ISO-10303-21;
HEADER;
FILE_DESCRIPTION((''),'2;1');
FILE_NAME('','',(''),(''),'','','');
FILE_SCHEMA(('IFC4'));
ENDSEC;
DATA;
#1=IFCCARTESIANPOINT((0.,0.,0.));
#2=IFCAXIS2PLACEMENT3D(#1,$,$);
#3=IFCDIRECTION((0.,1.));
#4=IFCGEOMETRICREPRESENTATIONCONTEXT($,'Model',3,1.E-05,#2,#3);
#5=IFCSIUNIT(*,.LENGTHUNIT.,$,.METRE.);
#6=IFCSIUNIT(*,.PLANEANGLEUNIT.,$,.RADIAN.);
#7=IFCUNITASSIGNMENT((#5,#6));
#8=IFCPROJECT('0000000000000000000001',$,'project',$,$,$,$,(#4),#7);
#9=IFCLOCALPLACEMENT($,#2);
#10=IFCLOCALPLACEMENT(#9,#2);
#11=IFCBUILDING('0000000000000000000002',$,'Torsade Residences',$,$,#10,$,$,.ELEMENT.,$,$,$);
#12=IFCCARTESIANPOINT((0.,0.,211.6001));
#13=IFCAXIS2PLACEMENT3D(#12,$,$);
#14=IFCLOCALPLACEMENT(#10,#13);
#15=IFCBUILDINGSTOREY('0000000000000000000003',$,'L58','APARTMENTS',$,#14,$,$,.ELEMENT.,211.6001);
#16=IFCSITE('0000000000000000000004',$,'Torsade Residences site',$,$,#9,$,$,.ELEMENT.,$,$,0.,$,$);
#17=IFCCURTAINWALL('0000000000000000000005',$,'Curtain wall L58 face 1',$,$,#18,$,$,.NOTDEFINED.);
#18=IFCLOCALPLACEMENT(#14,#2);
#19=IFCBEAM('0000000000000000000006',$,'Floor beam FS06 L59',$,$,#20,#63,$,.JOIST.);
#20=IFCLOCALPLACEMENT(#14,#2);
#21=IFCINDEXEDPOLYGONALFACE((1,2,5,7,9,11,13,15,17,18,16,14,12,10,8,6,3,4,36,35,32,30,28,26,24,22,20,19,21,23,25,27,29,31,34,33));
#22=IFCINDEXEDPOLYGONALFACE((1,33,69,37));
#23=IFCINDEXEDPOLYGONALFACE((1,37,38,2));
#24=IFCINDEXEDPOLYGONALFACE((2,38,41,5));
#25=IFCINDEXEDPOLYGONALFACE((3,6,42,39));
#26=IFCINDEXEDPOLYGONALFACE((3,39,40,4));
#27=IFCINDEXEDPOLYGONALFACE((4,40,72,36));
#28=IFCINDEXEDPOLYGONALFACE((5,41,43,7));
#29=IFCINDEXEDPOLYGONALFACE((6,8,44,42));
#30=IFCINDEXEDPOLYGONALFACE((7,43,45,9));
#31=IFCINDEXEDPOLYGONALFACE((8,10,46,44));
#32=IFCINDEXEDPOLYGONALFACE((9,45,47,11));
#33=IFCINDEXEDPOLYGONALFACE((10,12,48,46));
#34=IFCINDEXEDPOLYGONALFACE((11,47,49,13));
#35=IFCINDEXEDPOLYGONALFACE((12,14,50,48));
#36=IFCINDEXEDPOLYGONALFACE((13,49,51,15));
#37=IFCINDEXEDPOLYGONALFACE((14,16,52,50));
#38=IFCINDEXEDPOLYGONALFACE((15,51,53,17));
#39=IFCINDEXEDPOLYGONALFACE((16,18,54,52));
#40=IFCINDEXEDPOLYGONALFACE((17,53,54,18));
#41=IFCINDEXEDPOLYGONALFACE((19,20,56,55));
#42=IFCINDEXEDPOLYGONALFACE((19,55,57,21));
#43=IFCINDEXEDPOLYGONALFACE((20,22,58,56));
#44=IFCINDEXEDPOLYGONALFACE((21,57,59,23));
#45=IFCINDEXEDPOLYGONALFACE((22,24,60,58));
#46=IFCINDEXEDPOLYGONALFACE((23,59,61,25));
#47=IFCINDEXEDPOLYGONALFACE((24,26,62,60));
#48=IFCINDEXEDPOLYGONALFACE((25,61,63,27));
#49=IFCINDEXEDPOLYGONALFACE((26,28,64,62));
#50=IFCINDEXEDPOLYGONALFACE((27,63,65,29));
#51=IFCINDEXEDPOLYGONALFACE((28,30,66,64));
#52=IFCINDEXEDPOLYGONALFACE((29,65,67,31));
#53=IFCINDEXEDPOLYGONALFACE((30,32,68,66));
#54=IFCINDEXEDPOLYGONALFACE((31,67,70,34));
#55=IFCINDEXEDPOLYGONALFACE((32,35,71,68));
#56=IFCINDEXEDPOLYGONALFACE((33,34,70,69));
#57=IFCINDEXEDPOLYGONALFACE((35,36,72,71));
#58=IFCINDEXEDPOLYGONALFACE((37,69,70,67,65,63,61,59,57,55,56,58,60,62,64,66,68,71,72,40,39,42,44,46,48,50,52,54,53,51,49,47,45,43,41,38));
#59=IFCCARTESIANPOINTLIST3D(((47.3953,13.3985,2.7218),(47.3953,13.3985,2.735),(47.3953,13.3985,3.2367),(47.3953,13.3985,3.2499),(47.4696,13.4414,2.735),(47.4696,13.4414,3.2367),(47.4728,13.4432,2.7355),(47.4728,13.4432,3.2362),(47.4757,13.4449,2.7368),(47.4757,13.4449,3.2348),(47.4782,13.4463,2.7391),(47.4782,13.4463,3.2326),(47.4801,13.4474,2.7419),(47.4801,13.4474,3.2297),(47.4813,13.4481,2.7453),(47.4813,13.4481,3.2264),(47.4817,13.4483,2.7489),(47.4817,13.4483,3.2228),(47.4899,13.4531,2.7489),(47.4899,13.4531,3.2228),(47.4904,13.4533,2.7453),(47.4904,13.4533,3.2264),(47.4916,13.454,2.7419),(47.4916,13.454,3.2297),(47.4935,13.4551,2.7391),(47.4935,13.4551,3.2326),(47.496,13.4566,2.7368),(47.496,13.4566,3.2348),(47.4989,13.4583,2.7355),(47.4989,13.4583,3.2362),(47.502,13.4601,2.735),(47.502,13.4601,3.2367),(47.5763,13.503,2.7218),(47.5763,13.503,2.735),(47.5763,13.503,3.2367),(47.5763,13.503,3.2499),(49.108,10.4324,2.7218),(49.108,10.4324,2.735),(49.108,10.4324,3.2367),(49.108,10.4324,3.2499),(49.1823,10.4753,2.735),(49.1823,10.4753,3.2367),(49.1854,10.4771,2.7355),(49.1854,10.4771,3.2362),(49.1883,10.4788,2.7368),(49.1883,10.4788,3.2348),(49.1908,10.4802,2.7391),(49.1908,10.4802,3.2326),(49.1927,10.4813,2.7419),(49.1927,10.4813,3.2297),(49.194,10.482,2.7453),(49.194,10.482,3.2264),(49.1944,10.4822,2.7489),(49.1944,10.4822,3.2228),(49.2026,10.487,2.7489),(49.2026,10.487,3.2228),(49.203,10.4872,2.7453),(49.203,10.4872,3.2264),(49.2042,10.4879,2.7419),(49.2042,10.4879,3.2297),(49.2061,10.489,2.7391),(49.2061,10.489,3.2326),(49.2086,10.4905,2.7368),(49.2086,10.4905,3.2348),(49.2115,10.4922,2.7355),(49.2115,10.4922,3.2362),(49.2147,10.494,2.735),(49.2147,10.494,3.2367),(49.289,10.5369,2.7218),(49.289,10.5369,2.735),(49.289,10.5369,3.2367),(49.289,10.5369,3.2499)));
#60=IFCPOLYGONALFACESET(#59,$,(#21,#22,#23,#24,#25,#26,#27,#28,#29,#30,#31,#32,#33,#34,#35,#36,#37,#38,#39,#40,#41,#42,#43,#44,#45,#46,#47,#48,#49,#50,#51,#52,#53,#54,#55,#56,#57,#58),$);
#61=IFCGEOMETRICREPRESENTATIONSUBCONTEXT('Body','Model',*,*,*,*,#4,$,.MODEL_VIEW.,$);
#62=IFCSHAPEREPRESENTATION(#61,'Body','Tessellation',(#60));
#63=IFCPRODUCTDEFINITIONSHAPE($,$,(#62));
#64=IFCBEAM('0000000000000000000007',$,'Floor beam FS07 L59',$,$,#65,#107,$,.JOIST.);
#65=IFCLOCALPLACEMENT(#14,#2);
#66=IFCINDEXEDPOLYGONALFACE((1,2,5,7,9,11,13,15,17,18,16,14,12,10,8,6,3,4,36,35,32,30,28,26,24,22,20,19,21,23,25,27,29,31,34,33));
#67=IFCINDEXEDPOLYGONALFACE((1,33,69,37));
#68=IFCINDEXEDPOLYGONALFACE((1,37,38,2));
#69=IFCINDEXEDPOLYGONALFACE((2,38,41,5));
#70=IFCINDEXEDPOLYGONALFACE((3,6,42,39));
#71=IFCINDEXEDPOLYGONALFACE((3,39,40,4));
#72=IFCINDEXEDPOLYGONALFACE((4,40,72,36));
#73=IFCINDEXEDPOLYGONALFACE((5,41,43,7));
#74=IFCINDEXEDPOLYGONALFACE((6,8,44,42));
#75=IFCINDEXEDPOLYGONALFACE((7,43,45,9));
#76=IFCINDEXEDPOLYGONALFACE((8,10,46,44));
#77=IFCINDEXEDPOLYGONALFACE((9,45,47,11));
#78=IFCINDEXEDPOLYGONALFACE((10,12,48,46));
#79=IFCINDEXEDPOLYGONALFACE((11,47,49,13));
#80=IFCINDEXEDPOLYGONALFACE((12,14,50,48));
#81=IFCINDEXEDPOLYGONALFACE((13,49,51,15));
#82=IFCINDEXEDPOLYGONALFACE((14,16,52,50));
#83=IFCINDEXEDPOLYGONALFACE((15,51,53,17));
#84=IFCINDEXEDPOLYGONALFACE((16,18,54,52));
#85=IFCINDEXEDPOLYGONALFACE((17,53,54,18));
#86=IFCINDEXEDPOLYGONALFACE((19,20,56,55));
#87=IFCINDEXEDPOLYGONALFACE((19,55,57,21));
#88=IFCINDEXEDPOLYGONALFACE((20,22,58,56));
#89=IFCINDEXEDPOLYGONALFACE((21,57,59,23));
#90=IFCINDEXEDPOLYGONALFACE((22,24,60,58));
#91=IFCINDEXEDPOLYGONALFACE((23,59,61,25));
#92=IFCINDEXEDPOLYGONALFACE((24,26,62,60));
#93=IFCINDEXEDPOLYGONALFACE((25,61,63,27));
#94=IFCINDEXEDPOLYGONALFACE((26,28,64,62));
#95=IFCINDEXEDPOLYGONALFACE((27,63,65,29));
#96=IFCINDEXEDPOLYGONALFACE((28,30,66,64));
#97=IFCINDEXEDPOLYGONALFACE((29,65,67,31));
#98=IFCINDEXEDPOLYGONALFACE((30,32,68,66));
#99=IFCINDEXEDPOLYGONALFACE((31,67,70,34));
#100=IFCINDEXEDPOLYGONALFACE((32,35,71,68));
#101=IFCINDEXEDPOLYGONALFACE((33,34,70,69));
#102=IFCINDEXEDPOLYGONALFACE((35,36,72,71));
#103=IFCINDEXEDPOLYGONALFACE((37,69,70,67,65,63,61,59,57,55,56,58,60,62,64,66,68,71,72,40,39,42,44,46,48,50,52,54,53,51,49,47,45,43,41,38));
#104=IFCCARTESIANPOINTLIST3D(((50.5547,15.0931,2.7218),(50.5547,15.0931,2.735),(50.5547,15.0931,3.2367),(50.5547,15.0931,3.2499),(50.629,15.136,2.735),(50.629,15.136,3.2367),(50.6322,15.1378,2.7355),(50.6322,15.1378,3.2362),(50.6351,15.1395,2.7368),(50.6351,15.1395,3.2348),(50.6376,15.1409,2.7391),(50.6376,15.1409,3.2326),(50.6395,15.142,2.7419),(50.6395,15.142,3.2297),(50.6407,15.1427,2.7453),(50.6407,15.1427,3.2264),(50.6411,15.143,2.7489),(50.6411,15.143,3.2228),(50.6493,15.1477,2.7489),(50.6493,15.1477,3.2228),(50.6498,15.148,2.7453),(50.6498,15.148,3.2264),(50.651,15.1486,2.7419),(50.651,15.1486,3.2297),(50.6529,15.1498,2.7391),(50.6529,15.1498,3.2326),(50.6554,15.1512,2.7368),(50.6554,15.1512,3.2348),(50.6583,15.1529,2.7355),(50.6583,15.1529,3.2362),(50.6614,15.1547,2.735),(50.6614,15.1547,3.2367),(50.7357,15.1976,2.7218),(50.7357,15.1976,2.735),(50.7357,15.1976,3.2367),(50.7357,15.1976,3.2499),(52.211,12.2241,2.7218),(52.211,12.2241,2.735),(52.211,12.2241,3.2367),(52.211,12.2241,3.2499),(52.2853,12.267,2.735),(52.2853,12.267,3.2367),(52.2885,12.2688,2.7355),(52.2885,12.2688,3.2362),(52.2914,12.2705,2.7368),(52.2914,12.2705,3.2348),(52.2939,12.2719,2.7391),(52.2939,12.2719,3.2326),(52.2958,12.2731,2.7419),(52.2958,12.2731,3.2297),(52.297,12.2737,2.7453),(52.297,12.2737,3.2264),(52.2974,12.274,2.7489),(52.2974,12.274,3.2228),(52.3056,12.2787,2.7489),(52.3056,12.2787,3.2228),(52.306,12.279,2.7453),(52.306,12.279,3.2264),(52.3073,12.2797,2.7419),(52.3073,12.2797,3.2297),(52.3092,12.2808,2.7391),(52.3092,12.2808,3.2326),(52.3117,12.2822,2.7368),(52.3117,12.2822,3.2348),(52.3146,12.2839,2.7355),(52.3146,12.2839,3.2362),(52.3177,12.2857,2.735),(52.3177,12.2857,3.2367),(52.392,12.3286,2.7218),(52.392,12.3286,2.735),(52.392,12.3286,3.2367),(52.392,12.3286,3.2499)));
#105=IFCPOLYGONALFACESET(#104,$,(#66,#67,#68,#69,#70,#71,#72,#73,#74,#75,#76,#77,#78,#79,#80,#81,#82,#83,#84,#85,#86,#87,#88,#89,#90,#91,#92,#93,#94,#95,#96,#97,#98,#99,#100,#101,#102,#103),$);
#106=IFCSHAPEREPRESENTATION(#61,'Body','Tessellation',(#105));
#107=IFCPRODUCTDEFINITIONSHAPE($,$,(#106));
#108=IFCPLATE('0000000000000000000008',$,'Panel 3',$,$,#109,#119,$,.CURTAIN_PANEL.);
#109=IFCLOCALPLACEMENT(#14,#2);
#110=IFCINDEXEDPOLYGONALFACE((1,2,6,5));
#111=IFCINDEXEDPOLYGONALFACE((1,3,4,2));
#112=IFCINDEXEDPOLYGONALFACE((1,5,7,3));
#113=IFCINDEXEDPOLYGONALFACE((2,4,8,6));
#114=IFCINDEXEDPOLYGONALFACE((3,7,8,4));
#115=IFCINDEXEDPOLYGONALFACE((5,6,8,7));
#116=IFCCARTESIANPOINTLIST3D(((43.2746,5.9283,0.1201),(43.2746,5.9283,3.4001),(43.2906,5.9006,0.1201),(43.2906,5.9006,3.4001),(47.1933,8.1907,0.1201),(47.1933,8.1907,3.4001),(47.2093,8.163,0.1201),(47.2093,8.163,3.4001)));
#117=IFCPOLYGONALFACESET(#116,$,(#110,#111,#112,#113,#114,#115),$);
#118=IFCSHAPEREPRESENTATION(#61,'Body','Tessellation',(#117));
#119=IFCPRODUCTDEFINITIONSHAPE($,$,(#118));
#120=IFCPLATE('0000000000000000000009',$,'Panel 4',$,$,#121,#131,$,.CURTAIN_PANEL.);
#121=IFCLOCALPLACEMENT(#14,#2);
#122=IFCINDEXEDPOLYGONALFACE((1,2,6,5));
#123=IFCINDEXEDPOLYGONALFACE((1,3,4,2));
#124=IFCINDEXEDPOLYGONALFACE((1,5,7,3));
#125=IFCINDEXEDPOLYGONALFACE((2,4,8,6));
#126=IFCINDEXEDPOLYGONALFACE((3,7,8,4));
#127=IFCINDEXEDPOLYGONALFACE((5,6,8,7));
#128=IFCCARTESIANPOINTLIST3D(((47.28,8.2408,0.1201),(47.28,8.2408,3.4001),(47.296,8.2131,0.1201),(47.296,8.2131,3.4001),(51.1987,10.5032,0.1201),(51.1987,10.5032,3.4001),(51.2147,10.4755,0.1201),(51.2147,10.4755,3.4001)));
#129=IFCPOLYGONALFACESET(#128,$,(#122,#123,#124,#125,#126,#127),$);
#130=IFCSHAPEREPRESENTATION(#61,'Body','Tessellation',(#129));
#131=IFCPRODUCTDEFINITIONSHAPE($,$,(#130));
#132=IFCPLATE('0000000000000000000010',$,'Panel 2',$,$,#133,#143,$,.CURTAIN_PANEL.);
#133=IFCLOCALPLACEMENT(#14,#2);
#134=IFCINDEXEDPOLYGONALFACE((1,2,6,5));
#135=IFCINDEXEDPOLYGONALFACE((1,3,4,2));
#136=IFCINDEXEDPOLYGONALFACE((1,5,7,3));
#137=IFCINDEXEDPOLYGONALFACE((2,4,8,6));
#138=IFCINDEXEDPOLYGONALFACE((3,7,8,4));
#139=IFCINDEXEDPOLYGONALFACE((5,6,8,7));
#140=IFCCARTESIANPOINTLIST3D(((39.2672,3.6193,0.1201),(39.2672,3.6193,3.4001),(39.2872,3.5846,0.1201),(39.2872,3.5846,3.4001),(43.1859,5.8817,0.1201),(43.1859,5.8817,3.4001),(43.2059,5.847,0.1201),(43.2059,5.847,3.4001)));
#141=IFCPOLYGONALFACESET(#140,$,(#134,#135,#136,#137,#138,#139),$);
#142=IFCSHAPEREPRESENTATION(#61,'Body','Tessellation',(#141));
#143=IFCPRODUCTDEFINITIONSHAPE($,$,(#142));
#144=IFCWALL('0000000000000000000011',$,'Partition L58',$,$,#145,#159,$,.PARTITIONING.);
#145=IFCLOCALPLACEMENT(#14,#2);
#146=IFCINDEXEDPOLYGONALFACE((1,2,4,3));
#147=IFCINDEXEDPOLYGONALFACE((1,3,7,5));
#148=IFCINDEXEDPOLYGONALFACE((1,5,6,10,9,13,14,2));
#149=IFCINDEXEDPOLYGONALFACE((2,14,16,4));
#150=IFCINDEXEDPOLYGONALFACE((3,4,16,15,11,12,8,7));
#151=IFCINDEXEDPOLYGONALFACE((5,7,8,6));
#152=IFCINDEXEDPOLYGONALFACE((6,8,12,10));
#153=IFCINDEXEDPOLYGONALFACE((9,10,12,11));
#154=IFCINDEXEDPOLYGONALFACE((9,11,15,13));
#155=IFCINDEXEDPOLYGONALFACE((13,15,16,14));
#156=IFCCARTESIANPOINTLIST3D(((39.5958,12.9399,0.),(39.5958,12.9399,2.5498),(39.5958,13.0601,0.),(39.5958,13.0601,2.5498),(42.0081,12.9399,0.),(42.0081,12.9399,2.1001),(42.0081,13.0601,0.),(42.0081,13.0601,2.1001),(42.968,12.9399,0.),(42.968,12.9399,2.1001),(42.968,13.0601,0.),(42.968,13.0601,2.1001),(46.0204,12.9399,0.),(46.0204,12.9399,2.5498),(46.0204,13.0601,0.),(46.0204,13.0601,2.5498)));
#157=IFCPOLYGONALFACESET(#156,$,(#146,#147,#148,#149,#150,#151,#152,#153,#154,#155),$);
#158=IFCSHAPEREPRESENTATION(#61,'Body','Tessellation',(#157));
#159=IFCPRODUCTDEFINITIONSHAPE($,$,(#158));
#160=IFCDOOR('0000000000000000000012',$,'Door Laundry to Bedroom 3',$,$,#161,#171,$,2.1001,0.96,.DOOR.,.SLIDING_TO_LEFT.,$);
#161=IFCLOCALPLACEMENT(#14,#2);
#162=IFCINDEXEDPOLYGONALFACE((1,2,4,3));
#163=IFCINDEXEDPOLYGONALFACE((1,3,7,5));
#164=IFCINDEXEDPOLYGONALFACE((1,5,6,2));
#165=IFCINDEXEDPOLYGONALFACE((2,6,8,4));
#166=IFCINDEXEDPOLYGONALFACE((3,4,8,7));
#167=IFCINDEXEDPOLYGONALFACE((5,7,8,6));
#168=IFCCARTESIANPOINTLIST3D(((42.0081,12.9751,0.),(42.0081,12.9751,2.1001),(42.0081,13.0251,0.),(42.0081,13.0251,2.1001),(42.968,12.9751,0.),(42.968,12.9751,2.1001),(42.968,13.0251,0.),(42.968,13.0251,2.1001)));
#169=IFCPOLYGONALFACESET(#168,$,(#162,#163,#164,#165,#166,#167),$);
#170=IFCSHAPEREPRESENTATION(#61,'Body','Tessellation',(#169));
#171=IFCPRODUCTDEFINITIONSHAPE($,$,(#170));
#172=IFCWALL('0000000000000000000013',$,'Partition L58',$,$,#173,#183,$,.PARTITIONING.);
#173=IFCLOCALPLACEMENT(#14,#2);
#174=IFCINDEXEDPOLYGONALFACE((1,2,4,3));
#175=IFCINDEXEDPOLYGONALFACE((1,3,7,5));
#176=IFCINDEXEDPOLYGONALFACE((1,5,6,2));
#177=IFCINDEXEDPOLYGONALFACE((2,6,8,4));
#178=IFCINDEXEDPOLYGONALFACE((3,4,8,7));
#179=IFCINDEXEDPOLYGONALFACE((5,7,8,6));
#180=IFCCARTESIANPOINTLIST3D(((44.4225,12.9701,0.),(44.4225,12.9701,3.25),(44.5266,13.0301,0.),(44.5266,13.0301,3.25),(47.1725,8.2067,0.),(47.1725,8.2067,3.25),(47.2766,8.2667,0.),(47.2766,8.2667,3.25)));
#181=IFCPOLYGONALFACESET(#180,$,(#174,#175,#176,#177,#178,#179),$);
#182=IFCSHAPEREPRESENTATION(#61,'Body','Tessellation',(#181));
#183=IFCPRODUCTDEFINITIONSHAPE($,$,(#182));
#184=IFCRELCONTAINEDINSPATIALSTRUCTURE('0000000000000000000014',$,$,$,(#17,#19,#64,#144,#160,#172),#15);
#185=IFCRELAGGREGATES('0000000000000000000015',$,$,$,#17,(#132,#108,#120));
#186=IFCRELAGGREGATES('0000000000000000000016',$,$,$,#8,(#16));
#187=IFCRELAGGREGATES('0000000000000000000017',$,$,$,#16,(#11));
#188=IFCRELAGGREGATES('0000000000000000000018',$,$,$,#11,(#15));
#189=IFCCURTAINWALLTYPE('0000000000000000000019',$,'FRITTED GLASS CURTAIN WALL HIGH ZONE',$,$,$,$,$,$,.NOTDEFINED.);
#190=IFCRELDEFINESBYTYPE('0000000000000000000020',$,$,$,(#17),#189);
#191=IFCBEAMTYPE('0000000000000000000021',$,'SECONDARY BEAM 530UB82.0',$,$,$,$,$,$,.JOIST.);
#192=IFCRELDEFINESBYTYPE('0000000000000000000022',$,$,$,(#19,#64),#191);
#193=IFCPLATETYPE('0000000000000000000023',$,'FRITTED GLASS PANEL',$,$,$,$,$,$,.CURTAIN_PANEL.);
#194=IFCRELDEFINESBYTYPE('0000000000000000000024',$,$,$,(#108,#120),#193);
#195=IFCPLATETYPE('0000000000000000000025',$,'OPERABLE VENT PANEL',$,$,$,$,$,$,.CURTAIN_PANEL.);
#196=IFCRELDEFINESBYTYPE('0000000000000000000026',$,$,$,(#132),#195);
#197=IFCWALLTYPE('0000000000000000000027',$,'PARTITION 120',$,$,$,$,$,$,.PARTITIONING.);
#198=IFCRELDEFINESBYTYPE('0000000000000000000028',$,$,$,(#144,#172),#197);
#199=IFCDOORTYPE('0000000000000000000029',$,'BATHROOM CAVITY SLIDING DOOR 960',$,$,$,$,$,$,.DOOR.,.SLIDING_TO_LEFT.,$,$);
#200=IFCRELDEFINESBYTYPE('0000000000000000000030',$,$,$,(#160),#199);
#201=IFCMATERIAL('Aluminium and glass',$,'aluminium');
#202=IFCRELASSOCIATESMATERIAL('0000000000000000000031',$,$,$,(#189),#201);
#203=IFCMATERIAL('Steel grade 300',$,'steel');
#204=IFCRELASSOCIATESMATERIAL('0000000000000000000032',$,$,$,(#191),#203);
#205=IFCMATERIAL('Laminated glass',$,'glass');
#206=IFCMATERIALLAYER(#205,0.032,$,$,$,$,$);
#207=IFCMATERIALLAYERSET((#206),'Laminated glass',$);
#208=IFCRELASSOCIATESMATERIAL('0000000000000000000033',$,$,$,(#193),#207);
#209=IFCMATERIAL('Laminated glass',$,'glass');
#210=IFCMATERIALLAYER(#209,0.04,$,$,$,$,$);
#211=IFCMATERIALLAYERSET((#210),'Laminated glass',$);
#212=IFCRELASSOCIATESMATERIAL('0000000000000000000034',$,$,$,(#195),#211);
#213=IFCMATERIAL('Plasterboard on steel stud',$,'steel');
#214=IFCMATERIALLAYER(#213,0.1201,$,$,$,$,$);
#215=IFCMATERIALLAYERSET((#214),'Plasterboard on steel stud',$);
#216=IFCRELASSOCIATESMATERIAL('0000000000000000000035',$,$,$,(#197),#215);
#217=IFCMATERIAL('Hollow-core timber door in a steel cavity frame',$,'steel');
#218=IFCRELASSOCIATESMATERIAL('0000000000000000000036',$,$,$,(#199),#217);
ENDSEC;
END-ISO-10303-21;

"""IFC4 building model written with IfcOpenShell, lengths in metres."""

from ifc_helpers import new_model, si_unit, direction, frame, frame_2d, origin, origin_2d, place, context, subcontext, project, spatial, rectangle, i_section, extrude, material, layer, layer_set, material_profile, profile_set, type_object, element, fill, aggregate, save


model = new_model("IFC4")

# Units and contexts
model_context = context("Model", 3, precision=1e-05, world=origin(), true_north=direction((0.0, 1.0)))
body_context = subcontext(model_context, "Body", "Model", "MODEL_VIEW")
ifc_project = project(units=[si_unit("LENGTHUNIT", "METRE"), si_unit("PLANEANGLEUNIT", "RADIAN")], contexts=[model_context])

# Site, building, storey
site_placement = place(None, origin())
site = spatial("IfcSite", under=ifc_project, at=site_placement, Name="Torsade Residences site", CompositionType="ELEMENT", RefElevation=0.0)
building_placement = place(site_placement, origin())
building = spatial("IfcBuilding", under=site, at=building_placement, Name="Torsade Residences", CompositionType="ELEMENT")
storey_placement = place(building_placement, frame((0.0, 0.0, 211.6001)))
storey = spatial("IfcBuildingStorey", under=building, at=storey_placement, Name="L58", Description="APARTMENTS", CompositionType="ELEMENT", Elevation=211.6001)

# Curtain wall
ifc_material_1 = material(Name="Aluminium and glass", Category="aluminium")
curtain_wall_type = type_object("IfcCurtainWallType", Name="FRITTED GLASS CURTAIN WALL HIGH ZONE", PredefinedType="NOTDEFINED", material=ifc_material_1)
curtain_wall_placement = place(storey_placement, origin())
curtain_wall = element("IfcCurtainWall", 1, at=curtain_wall_placement, inside=storey, type_object=curtain_wall_type, Name="Curtain wall L58 face 1", PredefinedType="NOTDEFINED")

# Beams
ifc_material_2 = material(Name="Steel grade 300", Category="steel")
ifc_material_profile_1 = material_profile(ifc_material_2, i_section(OverallWidth=0.209, OverallDepth=0.5281, WebThickness=0.0095, FlangeThickness=0.0132, FilletRadius=0.0139, at=origin_2d()), Name="530UB82.0")
ifc_profile_set_1 = profile_set([ifc_material_profile_1], Name="Steel grade 300")
beam_type_1 = type_object("IfcBeamType", Name="SECONDARY BEAM 530UB82.0", PredefinedType="JOIST", material=ifc_profile_set_1)
beam_1_placement = place(storey_placement, frame((49.1985, 10.4846, 2.9858), z_axis=(-0.500041, 0.866002, 0.0), x_axis=(-0.866002, -0.500041, 0.0)))
element("IfcBeam", 2, at=beam_1_placement, inside=storey, type_object=beam_type_1, Name="Floor beam FS06 L59", PredefinedType="JOIST", context=body_context, shape_type="SweptSolid", body=[
    extrude(i_section(OverallWidth=0.209, OverallDepth=0.5281, WebThickness=0.0095, FlangeThickness=0.0132, FilletRadius=0.0139, at=origin_2d()), origin(), (0.0, 0.0, 1.0), 3.425),
])
beam_2_placement = place(storey_placement, frame((52.3015, 12.2764, 2.9858), z_axis=(-0.499976, 0.86604, 0.0), x_axis=(-0.86604, -0.499976, 0.0)))
element("IfcBeam", 3, at=beam_2_placement, inside=storey, type_object=beam_type_1, Name="Floor beam FS07 L59", PredefinedType="JOIST", context=body_context, shape_type="SweptSolid", body=[
    extrude(i_section(OverallWidth=0.209, OverallDepth=0.5281, WebThickness=0.0095, FlangeThickness=0.0132, FilletRadius=0.0139, at=origin_2d()), origin(), (0.0, 0.0, 1.0), 3.3127),
])

# Plates
ifc_material_3 = material(Name="Laminated glass", Category="glass")
ifc_layer_1 = layer(ifc_material_3, 0.032)
ifc_layer_set_1 = layer_set([ifc_layer_1], Name="Laminated glass")
plate_type_1 = type_object("IfcPlateType", Name="FRITTED GLASS PANEL", PredefinedType="CURTAIN_PANEL", material=ifc_layer_set_1)
plate_1_placement = place(storey_placement, frame((45.2419, 7.0457, 0.1201), z_axis=(0.0, 0.0, 1.0), x_axis=(0.866025, 0.5, 0.0)))
plate_1 = element("IfcPlate", 4, at=plate_1_placement, type_object=plate_type_1, Name="Panel 3", PredefinedType="CURTAIN_PANEL", context=body_context, shape_type="SweptSolid", body=[
    extrude(rectangle(XDim=4.5249, YDim=0.032, at=origin_2d()), origin(), (0.0, 0.0, 1.0), 3.28),
])
plate_2_placement = place(storey_placement, frame((49.2473, 9.3582, 0.1201), z_axis=(0.0, 0.0, 1.0), x_axis=(0.866025, 0.5, 0.0)))
plate_2 = element("IfcPlate", 5, at=plate_2_placement, type_object=plate_type_1, Name="Panel 4", PredefinedType="CURTAIN_PANEL", context=body_context, shape_type="SweptSolid", body=[
    extrude(rectangle(XDim=4.5249, YDim=0.032, at=origin_2d()), origin(), (0.0, 0.0, 1.0), 3.28),
])
ifc_material_4 = material(Name="Laminated glass", Category="glass")
ifc_layer_2 = layer(ifc_material_4, 0.04)
ifc_layer_set_2 = layer_set([ifc_layer_2], Name="Laminated glass")
plate_type_2 = type_object("IfcPlateType", Name="OPERABLE VENT PANEL", PredefinedType="CURTAIN_PANEL", material=ifc_layer_set_2)
plate_3_placement = place(storey_placement, frame((41.2366, 4.7332, 0.1201), z_axis=(0.0, 0.0, 1.0), x_axis=(0.866025, 0.5, 0.0)))
plate_3 = element("IfcPlate", 6, at=plate_3_placement, type_object=plate_type_2, Name="Panel 2", PredefinedType="CURTAIN_PANEL", context=body_context, shape_type="SweptSolid", body=[
    extrude(rectangle(XDim=4.5249, YDim=0.04, at=origin_2d()), origin(), (0.0, 0.0, 1.0), 3.28),
])
aggregate(curtain_wall, [plate_3, plate_1, plate_2])

# Wall, opening, door
ifc_material_5 = material(Name="Plasterboard on steel stud", Category="steel")
ifc_layer_3 = layer(ifc_material_5, 0.1201)
ifc_layer_set_3 = layer_set([ifc_layer_3], Name="Plasterboard on steel stud")
wall_type_1 = type_object("IfcWallType", Name="PARTITION 120", PredefinedType="PARTITIONING", material=ifc_layer_set_3)
wall_1_placement = place(storey_placement, frame((46.0205, 13.0, 0.0), z_axis=(0.0, 0.0, 1.0), x_axis=(-1.0, 0.0, 0.0)))
wall_1 = element("IfcWall", 7, at=wall_1_placement, inside=storey, type_object=wall_type_1, Name="Partition L58", PredefinedType="PARTITIONING", context=body_context, shape_type="SweptSolid", body=[
    extrude(rectangle(XDim=6.4246, YDim=0.1201, at=frame_2d((3.2124, 0.0))), origin(), (0.0, 0.0, 1.0), 2.5498),
])
opening_placement = place(wall_1_placement, frame((3.0525, 0.0, 0.0)))
opening = element("IfcOpeningElement", 8, at=opening_placement, cuts=wall_1, PredefinedType="OPENING", context=body_context, shape_type="SweptSolid", body=[
    extrude(rectangle(XDim=0.96, YDim=2.1001, at=frame_2d((0.48, 1.05))), frame((0.0, 0.0701, 0.0), z_axis=(0.0, -1.0, 0.0), x_axis=(1.0, 0.0, 0.0)), (0.0, 0.0, 1.0), 0.1401),
])
ifc_material_6 = material(Name="Hollow-core timber door in a steel cavity frame", Category="steel")
door_type = type_object("IfcDoorType", Name="BATHROOM CAVITY SLIDING DOOR 960", OperationType="SLIDING_TO_LEFT", PredefinedType="DOOR", material=ifc_material_6)
door_placement = place(opening_placement, origin())
door = element("IfcDoor", 9, at=door_placement, inside=storey, type_object=door_type, Name="Door Laundry to Bedroom 3", OperationType="SLIDING_TO_LEFT", OverallHeight=2.1001, OverallWidth=0.96, PredefinedType="DOOR", context=body_context, shape_type="SweptSolid", body=[
    extrude(rectangle(XDim=0.96, YDim=2.1001, at=frame_2d((0.48, 1.05))), frame((0.0, 0.0249, 0.0), z_axis=(0.0, -1.0, 0.0), x_axis=(1.0, 0.0, 0.0)), (0.0, 0.0, 1.0), 0.05),
])
fill(opening, door)

# Wall
wall_2_placement = place(storey_placement, frame((44.4746, 13.0, 0.0), z_axis=(0.0, 0.0, 1.0), x_axis=(0.499977, -0.866038, 0.0)))
element("IfcWall", 10, at=wall_2_placement, inside=storey, type_object=wall_type_1, Name="Partition L58", PredefinedType="PARTITIONING", context=body_context, shape_type="SweptSolid", body=[
    extrude(rectangle(XDim=5.5002, YDim=0.1201, at=frame_2d((2.75, 0.0))), origin(), (0.0, 0.0, 1.0), 3.25),
])

save(model, "model.ifc")
